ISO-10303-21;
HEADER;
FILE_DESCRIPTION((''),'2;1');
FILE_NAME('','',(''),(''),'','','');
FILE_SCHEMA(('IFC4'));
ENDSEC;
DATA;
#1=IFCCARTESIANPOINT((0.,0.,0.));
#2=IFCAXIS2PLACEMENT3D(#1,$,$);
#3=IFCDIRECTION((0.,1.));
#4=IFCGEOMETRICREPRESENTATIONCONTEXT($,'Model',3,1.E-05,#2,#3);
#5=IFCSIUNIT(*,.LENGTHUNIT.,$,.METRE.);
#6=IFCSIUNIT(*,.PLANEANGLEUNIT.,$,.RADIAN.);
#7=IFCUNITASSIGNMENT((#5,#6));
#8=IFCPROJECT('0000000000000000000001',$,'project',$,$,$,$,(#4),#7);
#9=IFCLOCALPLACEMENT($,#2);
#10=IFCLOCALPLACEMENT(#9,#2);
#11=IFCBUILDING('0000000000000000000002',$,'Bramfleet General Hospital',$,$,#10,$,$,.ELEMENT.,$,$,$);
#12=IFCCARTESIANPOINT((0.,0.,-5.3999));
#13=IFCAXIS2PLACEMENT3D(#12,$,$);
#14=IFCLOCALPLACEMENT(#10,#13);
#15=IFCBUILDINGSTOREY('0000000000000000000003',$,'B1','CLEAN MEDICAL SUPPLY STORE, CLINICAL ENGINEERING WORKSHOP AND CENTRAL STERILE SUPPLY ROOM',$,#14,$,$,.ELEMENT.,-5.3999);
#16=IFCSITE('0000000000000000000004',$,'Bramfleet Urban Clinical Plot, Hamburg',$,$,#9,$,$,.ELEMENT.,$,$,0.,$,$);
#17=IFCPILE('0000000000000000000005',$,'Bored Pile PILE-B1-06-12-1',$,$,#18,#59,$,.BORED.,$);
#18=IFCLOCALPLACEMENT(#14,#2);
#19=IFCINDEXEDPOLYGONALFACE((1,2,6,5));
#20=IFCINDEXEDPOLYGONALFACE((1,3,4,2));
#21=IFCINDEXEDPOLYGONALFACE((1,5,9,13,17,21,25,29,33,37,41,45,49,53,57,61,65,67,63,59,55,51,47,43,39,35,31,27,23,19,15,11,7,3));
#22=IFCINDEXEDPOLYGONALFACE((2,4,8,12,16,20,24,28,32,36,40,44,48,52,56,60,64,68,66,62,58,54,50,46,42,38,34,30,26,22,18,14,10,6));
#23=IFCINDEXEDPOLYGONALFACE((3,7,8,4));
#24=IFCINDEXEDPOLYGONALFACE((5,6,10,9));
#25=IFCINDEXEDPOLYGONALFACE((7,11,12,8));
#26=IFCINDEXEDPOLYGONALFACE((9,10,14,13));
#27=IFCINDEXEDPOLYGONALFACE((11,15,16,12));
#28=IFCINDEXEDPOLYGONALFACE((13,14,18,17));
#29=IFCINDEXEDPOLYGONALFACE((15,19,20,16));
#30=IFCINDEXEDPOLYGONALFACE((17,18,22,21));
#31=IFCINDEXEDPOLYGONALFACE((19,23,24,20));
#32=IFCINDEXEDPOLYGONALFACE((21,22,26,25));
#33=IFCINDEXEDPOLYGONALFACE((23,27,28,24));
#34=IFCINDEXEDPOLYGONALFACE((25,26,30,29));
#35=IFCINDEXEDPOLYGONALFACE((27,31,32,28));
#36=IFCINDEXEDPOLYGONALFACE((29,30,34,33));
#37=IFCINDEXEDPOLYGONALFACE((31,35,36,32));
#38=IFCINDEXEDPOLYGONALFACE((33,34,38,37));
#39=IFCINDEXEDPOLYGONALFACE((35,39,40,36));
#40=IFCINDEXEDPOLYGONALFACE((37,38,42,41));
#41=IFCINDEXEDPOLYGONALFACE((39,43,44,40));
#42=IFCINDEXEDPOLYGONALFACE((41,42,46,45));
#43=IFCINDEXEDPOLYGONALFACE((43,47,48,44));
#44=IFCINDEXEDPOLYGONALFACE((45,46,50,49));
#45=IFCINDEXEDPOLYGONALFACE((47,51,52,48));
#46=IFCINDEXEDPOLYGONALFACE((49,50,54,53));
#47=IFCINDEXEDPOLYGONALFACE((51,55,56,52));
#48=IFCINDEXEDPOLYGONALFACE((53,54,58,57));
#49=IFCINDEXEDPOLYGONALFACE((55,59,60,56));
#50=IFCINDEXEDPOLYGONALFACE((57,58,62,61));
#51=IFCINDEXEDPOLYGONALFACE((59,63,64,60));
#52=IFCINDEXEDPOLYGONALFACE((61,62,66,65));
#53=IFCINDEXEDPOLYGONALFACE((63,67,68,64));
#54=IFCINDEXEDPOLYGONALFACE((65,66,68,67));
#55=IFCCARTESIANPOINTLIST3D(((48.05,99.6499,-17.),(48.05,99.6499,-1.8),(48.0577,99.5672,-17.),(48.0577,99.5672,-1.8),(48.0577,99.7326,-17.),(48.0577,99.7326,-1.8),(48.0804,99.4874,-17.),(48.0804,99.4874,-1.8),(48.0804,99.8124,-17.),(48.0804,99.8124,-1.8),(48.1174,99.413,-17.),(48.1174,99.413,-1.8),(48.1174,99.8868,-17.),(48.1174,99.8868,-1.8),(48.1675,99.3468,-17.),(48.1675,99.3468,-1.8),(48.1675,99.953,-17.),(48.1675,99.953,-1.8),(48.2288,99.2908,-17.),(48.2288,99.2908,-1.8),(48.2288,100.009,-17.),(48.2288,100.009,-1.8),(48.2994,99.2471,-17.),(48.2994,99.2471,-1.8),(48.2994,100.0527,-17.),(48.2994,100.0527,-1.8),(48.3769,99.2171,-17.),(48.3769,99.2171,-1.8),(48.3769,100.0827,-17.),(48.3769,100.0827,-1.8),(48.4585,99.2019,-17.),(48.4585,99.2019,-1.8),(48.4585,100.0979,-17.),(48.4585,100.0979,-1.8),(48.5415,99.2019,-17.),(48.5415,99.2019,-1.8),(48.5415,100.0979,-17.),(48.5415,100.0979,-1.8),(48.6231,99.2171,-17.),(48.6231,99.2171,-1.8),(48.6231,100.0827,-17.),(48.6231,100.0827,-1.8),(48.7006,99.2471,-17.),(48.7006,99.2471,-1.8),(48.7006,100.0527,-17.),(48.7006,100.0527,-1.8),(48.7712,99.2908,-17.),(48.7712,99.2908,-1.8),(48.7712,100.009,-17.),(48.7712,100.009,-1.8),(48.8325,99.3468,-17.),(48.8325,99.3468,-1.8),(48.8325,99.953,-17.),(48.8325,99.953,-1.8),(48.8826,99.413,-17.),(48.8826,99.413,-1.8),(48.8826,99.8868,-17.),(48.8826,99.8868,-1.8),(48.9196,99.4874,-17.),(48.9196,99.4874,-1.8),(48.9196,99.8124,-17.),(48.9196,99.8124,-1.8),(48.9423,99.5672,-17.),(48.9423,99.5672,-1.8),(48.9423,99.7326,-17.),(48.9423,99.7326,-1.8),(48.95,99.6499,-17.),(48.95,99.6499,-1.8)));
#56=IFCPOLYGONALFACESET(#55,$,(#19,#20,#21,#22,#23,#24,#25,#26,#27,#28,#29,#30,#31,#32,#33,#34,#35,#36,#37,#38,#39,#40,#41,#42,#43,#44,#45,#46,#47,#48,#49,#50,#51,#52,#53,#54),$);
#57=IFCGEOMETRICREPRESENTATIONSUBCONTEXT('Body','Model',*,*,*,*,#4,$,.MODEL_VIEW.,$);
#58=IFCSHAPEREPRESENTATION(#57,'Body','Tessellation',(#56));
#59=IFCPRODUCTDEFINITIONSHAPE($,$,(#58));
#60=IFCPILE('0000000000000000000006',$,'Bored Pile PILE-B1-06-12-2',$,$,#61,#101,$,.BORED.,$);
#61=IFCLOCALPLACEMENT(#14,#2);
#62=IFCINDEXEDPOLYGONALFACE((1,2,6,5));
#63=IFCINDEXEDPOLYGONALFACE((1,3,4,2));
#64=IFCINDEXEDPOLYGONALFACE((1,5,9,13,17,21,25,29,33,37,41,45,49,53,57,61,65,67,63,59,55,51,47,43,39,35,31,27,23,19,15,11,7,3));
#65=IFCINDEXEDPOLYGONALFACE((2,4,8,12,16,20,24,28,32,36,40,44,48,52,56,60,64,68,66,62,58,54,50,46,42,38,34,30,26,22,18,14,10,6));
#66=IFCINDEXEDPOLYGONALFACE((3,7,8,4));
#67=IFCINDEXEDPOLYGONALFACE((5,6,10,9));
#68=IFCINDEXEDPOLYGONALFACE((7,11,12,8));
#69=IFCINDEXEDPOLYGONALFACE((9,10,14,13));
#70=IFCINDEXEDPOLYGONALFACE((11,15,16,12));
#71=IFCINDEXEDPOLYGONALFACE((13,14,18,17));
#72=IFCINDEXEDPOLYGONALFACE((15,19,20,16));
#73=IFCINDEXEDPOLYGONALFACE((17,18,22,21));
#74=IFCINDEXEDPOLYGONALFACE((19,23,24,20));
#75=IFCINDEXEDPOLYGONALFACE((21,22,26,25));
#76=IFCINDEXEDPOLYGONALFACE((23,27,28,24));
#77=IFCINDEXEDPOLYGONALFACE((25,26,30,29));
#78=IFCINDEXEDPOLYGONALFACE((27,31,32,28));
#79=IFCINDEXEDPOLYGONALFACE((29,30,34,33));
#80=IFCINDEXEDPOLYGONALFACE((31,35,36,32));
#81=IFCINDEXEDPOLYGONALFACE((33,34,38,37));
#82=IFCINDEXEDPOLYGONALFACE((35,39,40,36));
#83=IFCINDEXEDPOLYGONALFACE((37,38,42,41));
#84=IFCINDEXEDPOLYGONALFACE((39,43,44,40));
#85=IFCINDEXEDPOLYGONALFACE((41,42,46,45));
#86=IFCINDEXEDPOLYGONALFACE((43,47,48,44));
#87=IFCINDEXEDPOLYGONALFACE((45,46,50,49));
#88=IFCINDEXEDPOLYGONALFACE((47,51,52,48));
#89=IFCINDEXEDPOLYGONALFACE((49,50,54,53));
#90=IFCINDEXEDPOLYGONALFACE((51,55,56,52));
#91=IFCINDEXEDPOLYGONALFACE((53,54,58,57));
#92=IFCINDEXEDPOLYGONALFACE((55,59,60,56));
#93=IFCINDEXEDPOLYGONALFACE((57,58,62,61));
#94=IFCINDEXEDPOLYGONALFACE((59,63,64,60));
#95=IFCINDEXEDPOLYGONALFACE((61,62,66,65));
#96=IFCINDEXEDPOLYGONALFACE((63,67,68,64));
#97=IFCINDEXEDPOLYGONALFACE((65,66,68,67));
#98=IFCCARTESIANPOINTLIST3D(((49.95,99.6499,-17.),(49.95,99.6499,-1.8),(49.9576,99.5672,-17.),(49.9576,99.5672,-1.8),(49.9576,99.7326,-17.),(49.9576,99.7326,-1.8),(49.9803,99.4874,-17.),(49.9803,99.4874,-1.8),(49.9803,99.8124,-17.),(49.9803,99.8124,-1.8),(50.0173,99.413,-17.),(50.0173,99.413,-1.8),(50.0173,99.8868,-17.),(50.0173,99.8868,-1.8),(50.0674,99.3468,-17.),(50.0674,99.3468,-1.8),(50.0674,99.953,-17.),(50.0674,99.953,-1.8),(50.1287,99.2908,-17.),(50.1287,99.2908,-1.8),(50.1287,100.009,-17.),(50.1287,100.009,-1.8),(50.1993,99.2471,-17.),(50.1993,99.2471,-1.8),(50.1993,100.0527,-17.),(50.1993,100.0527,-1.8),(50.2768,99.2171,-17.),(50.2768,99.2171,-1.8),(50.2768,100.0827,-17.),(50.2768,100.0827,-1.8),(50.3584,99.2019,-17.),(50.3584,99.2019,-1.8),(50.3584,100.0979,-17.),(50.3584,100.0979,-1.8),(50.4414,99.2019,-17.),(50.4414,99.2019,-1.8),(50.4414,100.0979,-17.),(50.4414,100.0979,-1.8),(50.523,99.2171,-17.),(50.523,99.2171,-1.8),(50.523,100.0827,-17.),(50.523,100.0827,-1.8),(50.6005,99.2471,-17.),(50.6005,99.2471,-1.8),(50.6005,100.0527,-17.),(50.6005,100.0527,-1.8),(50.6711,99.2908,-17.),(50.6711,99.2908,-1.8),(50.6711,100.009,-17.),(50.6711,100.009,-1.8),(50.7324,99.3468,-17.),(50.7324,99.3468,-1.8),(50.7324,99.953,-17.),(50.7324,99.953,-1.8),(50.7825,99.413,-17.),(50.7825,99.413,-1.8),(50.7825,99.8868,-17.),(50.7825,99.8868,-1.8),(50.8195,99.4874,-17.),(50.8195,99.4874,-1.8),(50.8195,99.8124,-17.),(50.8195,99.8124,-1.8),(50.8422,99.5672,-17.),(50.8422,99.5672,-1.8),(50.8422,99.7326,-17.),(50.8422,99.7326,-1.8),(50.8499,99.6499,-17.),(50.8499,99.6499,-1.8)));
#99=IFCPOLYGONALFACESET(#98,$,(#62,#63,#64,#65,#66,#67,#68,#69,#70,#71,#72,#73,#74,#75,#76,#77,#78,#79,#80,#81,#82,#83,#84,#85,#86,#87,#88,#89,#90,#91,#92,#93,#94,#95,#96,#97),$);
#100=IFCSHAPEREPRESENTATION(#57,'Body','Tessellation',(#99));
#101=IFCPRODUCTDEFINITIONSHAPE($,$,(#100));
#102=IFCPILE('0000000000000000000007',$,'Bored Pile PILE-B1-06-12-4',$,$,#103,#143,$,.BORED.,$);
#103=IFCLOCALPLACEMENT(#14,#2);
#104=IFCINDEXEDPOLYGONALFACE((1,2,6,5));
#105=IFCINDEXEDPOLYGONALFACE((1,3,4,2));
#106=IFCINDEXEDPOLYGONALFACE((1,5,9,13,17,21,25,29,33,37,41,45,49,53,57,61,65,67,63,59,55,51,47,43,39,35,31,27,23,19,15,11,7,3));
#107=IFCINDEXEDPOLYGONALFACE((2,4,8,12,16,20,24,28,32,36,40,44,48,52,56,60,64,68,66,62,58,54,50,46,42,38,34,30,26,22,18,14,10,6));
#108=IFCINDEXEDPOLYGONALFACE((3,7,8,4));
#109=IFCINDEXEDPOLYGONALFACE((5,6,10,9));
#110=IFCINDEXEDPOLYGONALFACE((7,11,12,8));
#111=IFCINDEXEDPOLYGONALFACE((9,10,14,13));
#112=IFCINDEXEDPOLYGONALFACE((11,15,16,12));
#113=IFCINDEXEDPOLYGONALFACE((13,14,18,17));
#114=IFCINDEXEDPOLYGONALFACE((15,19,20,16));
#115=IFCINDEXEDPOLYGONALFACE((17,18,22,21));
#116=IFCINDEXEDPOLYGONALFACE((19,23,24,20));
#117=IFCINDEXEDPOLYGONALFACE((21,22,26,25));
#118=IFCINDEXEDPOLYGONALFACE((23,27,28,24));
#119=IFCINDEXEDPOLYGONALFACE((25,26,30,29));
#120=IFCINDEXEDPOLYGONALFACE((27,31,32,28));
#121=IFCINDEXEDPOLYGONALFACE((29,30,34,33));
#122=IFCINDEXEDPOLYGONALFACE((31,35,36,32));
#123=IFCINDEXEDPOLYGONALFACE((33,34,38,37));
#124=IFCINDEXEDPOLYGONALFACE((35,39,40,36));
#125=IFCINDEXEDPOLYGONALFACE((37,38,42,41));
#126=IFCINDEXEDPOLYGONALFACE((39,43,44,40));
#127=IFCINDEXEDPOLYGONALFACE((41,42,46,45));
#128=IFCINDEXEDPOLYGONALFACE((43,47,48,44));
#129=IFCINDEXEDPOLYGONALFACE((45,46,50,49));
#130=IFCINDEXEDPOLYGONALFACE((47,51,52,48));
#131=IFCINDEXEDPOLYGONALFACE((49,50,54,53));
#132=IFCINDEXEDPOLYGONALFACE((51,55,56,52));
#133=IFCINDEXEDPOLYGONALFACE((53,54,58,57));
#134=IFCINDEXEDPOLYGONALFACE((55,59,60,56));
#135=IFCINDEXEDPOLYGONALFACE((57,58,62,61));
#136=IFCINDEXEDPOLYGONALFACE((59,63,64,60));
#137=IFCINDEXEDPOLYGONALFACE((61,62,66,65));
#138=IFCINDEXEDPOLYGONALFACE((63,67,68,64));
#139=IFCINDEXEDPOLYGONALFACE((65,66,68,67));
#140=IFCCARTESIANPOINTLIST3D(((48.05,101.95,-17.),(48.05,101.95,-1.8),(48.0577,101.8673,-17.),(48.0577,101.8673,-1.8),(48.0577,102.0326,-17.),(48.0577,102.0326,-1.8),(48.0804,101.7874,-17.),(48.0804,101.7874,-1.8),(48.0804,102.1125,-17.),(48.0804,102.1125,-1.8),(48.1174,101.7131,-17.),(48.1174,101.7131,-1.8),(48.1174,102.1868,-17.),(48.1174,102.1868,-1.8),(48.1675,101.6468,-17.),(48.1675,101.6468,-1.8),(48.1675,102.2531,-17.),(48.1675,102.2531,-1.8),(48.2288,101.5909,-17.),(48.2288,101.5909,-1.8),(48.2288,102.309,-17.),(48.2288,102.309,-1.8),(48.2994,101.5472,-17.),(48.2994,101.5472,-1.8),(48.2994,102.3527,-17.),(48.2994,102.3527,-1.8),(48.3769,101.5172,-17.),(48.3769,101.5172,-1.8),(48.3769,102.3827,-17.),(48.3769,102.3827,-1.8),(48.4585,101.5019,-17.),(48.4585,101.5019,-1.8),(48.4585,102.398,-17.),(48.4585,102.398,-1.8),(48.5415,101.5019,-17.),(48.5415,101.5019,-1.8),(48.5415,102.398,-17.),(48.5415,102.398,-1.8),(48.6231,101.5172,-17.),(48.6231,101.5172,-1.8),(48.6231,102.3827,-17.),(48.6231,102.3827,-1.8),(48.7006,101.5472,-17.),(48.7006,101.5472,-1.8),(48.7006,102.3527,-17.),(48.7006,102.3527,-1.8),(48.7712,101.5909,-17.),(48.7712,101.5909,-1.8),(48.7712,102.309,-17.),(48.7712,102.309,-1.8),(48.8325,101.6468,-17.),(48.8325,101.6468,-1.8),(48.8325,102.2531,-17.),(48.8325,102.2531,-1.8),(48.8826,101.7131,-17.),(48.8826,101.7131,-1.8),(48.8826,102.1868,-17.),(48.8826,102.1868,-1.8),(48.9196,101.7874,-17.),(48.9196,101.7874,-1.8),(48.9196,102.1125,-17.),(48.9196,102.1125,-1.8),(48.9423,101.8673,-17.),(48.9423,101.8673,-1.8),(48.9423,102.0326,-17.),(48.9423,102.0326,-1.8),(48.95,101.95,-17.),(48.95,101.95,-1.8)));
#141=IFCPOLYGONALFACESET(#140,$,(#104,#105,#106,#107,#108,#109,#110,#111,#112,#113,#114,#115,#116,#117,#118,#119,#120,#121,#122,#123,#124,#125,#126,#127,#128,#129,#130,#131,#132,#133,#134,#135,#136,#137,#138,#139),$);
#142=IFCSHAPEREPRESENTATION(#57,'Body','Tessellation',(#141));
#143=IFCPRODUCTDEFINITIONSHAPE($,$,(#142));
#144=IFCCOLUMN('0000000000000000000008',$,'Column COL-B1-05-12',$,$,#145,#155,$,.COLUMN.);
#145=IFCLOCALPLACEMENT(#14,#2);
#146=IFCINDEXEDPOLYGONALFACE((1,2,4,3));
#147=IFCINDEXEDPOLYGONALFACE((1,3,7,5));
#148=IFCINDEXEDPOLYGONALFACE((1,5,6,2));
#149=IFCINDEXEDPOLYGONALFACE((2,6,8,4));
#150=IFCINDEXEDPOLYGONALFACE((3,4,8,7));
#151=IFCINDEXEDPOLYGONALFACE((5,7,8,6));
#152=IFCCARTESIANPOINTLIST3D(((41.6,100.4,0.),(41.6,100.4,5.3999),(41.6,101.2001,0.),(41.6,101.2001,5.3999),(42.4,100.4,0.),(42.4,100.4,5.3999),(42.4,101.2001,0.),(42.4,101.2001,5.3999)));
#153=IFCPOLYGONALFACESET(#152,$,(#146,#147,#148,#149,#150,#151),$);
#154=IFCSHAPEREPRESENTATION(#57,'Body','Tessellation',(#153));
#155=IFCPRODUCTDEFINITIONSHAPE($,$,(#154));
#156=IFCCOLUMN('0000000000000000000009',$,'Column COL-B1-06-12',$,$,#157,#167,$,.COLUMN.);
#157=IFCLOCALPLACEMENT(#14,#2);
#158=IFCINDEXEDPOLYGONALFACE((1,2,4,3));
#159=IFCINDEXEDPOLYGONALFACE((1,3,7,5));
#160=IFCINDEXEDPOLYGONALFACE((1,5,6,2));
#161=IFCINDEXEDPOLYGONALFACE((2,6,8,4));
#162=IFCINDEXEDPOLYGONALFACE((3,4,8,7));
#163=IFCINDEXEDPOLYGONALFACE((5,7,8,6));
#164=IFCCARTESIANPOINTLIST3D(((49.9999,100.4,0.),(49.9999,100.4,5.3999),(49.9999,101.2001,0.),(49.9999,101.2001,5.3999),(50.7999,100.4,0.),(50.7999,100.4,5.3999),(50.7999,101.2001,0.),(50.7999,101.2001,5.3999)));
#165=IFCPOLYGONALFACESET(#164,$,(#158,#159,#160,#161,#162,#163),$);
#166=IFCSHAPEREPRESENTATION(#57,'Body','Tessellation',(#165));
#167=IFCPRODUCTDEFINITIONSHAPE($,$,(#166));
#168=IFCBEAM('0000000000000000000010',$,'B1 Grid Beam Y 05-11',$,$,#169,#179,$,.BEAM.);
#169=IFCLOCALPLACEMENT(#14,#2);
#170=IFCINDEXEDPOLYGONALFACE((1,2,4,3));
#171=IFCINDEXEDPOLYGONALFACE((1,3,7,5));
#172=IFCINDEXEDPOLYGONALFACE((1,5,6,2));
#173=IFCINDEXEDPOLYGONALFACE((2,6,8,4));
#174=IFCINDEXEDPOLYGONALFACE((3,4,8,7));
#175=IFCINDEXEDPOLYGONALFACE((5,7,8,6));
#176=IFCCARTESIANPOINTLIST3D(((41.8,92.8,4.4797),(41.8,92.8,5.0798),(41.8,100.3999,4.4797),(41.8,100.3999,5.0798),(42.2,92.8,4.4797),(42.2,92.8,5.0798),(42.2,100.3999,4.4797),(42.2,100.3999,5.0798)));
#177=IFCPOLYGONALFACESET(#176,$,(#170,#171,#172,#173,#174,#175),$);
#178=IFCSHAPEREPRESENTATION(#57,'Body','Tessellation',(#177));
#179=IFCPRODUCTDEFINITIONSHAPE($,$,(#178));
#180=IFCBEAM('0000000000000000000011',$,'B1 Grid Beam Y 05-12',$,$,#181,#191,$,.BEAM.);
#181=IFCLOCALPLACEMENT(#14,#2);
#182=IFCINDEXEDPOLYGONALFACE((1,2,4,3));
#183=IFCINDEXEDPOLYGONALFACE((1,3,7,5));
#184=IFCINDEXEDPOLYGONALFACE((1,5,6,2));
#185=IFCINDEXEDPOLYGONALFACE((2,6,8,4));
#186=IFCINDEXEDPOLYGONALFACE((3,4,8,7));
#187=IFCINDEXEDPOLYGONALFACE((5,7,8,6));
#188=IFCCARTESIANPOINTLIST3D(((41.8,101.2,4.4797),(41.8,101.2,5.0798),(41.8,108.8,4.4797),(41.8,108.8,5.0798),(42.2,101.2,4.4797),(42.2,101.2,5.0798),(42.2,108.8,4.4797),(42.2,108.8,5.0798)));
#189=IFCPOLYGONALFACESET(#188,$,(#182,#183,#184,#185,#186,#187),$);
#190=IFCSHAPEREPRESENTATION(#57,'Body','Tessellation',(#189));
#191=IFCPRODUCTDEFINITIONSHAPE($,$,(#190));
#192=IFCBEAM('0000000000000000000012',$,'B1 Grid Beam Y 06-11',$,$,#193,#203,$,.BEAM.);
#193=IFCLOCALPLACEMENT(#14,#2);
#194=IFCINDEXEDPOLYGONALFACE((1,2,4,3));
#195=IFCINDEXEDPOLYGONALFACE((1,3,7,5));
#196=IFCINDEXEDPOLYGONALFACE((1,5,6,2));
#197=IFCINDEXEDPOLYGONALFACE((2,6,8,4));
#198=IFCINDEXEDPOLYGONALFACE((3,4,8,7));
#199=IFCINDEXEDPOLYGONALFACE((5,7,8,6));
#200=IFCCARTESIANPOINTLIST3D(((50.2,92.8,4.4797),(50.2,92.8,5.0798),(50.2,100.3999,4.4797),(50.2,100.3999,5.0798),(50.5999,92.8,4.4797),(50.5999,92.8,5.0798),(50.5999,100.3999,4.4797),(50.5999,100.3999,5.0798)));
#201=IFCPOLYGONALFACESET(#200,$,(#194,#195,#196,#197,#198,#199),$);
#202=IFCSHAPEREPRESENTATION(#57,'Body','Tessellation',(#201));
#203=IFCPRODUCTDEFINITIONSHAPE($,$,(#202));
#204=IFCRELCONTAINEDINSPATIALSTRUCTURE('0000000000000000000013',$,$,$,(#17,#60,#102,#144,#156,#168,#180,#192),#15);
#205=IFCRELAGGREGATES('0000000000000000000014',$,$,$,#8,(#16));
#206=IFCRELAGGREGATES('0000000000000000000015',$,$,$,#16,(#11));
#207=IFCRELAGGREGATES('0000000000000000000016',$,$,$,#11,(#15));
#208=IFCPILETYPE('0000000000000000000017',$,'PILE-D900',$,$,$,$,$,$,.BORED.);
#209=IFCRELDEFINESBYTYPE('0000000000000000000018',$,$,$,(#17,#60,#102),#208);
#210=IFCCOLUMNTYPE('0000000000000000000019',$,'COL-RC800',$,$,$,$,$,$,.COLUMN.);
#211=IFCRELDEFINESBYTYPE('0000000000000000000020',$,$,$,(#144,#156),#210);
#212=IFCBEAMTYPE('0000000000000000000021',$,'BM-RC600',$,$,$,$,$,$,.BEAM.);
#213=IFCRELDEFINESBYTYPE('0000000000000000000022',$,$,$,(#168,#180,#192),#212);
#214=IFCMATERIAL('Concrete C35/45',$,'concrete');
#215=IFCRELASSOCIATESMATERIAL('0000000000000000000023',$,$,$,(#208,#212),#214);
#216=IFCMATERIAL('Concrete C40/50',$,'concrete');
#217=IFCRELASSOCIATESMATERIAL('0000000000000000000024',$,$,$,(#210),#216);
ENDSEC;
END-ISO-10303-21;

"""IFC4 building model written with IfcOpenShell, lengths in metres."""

from ifc_helpers import new_model, si_unit, direction, frame, origin, origin_2d, place, context, subcontext, project, spatial, rectangle, circle, extrude, material, material_profile, profile_set, type_object, element, save


model = new_model("IFC4")

# Units and contexts
model_context = context("Model", 3, precision=1e-05, world=origin(), true_north=direction((0.0, 1.0)))
body_context = subcontext(model_context, "Body", "Model", "MODEL_VIEW")
ifc_project = project(units=[si_unit("LENGTHUNIT", "METRE"), si_unit("PLANEANGLEUNIT", "RADIAN")], contexts=[model_context])

# Site, building, storey
site_placement = place(None, origin())
site = spatial("IfcSite", under=ifc_project, at=site_placement, Name="Bramfleet Urban Clinical Plot, Hamburg", CompositionType="ELEMENT", RefElevation=0.0)
building_placement = place(site_placement, origin())
building = spatial("IfcBuilding", under=site, at=building_placement, Name="Bramfleet General Hospital", CompositionType="ELEMENT")
storey_placement = place(building_placement, frame((0.0, 0.0, -5.3999)))
storey = spatial("IfcBuildingStorey", under=building, at=storey_placement, Name="B1", Description="CLEAN MEDICAL SUPPLY STORE, CLINICAL ENGINEERING WORKSHOP AND CENTRAL STERILE SUPPLY ROOM", CompositionType="ELEMENT", Elevation=-5.3999)

# Shared definitions
ifc_material_1 = material(Name="Concrete C35/45", Category="concrete")

# Piles
ifc_material_profile_1 = material_profile(ifc_material_1, circle(Radius=0.45, at=origin_2d()), Name="PILE BORED D900")
ifc_profile_set_1 = profile_set([ifc_material_profile_1], Name="Concrete C35/45")
pile_type = type_object("IfcPileType", Name="PILE-D900", PredefinedType="BORED", material=ifc_profile_set_1)
for number, where, z_axis, x_axis, name in (
    (1, (48.5, 99.6499, -1.8), (0.0, 0.0, -1.0), (1.0, 0.0, 0.0), "Bored Pile PILE-B1-06-12-1"),
    (2, (50.3999, 99.6499, -1.8), (0.0, 0.0, -1.0), (1.0, 0.0, 0.0), "Bored Pile PILE-B1-06-12-2"),
    (3, (48.5, 101.95, -1.8), (0.0, 0.0, -1.0), (1.0, 0.0, 0.0), "Bored Pile PILE-B1-06-12-4"),
):
    element("IfcPile", number, at=place(storey_placement, frame(where, z_axis=z_axis, x_axis=x_axis)), inside=storey, type_object=pile_type, Name=name, PredefinedType="BORED", context=body_context, shape_type="SweptSolid", body=[
        extrude(circle(Radius=0.45, at=origin_2d()), origin(), (0.0, 0.0, 1.0), 15.2),
    ])

# Columns
ifc_material_2 = material(Name="Concrete C40/50", Category="concrete")
ifc_material_profile_2 = material_profile(ifc_material_2, rectangle(XDim=0.8, YDim=0.8, at=origin_2d()), Name="RC COL 800x800")
ifc_profile_set_2 = profile_set([ifc_material_profile_2], Name="Concrete C40/50")
column_type = type_object("IfcColumnType", Name="COL-RC800", PredefinedType="COLUMN", material=ifc_profile_set_2)
for number, where, z_axis, x_axis, name in (
    (4, (42.0, 100.8, 0.0), (0.0, 0.0, 1.0), (1.0, 0.0, 0.0), "Column COL-B1-05-12"),
    (5, (50.3999, 100.8, 0.0), (0.0, 0.0, 1.0), (1.0, 0.0, 0.0), "Column COL-B1-06-12"),
):
    element("IfcColumn", number, at=place(storey_placement, frame(where, z_axis=z_axis, x_axis=x_axis)), inside=storey, type_object=column_type, Name=name, PredefinedType="COLUMN", context=body_context, shape_type="SweptSolid", body=[
        extrude(rectangle(XDim=0.8, YDim=0.8, at=origin_2d()), origin(), (0.0, 0.0, 1.0), 5.3999),
    ])

# Beams
ifc_material_profile_3 = material_profile(ifc_material_1, rectangle(XDim=0.3999, YDim=0.6001, at=origin_2d()), Name="RC BM 600x400")
ifc_profile_set_3 = profile_set([ifc_material_profile_3], Name="Concrete C35/45")
beam_type_1 = type_object("IfcBeamType", Name="BM-RC600", PredefinedType="BEAM", material=ifc_profile_set_3)
beam_1_placement = place(storey_placement, frame((42.0, 92.8, 4.7798), z_axis=(0.0, 1.0, 0.0), x_axis=(-1.0, 0.0, 0.0)))
element("IfcBeam", 6, at=beam_1_placement, inside=storey, type_object=beam_type_1, Name="B1 Grid Beam Y 05-11", PredefinedType="BEAM", context=body_context, shape_type="SweptSolid", body=[
    extrude(rectangle(XDim=0.3999, YDim=0.6001, at=origin_2d()), origin(), (0.0, 0.0, 1.0), 7.5999),
])
beam_2_placement = place(storey_placement, frame((42.0, 101.2, 4.7798), z_axis=(0.0, 1.0, 0.0), x_axis=(-1.0, 0.0, 0.0)))
element("IfcBeam", 7, at=beam_2_placement, inside=storey, type_object=beam_type_1, Name="B1 Grid Beam Y 05-12", PredefinedType="BEAM", context=body_context, shape_type="SweptSolid", body=[
    extrude(rectangle(XDim=0.3999, YDim=0.6001, at=origin_2d()), origin(), (0.0, 0.0, 1.0), 7.6001),
])
beam_3_placement = place(storey_placement, frame((50.3999, 92.8, 4.7798), z_axis=(0.0, 1.0, 0.0), x_axis=(-1.0, 0.0, 0.0)))
element("IfcBeam", 8, at=beam_3_placement, inside=storey, type_object=beam_type_1, Name="B1 Grid Beam Y 06-11", PredefinedType="BEAM", context=body_context, shape_type="SweptSolid", body=[
    extrude(rectangle(XDim=0.3999, YDim=0.6001, at=origin_2d()), origin(), (0.0, 0.0, 1.0), 7.5999),
])

save(model, "model.ifc")
